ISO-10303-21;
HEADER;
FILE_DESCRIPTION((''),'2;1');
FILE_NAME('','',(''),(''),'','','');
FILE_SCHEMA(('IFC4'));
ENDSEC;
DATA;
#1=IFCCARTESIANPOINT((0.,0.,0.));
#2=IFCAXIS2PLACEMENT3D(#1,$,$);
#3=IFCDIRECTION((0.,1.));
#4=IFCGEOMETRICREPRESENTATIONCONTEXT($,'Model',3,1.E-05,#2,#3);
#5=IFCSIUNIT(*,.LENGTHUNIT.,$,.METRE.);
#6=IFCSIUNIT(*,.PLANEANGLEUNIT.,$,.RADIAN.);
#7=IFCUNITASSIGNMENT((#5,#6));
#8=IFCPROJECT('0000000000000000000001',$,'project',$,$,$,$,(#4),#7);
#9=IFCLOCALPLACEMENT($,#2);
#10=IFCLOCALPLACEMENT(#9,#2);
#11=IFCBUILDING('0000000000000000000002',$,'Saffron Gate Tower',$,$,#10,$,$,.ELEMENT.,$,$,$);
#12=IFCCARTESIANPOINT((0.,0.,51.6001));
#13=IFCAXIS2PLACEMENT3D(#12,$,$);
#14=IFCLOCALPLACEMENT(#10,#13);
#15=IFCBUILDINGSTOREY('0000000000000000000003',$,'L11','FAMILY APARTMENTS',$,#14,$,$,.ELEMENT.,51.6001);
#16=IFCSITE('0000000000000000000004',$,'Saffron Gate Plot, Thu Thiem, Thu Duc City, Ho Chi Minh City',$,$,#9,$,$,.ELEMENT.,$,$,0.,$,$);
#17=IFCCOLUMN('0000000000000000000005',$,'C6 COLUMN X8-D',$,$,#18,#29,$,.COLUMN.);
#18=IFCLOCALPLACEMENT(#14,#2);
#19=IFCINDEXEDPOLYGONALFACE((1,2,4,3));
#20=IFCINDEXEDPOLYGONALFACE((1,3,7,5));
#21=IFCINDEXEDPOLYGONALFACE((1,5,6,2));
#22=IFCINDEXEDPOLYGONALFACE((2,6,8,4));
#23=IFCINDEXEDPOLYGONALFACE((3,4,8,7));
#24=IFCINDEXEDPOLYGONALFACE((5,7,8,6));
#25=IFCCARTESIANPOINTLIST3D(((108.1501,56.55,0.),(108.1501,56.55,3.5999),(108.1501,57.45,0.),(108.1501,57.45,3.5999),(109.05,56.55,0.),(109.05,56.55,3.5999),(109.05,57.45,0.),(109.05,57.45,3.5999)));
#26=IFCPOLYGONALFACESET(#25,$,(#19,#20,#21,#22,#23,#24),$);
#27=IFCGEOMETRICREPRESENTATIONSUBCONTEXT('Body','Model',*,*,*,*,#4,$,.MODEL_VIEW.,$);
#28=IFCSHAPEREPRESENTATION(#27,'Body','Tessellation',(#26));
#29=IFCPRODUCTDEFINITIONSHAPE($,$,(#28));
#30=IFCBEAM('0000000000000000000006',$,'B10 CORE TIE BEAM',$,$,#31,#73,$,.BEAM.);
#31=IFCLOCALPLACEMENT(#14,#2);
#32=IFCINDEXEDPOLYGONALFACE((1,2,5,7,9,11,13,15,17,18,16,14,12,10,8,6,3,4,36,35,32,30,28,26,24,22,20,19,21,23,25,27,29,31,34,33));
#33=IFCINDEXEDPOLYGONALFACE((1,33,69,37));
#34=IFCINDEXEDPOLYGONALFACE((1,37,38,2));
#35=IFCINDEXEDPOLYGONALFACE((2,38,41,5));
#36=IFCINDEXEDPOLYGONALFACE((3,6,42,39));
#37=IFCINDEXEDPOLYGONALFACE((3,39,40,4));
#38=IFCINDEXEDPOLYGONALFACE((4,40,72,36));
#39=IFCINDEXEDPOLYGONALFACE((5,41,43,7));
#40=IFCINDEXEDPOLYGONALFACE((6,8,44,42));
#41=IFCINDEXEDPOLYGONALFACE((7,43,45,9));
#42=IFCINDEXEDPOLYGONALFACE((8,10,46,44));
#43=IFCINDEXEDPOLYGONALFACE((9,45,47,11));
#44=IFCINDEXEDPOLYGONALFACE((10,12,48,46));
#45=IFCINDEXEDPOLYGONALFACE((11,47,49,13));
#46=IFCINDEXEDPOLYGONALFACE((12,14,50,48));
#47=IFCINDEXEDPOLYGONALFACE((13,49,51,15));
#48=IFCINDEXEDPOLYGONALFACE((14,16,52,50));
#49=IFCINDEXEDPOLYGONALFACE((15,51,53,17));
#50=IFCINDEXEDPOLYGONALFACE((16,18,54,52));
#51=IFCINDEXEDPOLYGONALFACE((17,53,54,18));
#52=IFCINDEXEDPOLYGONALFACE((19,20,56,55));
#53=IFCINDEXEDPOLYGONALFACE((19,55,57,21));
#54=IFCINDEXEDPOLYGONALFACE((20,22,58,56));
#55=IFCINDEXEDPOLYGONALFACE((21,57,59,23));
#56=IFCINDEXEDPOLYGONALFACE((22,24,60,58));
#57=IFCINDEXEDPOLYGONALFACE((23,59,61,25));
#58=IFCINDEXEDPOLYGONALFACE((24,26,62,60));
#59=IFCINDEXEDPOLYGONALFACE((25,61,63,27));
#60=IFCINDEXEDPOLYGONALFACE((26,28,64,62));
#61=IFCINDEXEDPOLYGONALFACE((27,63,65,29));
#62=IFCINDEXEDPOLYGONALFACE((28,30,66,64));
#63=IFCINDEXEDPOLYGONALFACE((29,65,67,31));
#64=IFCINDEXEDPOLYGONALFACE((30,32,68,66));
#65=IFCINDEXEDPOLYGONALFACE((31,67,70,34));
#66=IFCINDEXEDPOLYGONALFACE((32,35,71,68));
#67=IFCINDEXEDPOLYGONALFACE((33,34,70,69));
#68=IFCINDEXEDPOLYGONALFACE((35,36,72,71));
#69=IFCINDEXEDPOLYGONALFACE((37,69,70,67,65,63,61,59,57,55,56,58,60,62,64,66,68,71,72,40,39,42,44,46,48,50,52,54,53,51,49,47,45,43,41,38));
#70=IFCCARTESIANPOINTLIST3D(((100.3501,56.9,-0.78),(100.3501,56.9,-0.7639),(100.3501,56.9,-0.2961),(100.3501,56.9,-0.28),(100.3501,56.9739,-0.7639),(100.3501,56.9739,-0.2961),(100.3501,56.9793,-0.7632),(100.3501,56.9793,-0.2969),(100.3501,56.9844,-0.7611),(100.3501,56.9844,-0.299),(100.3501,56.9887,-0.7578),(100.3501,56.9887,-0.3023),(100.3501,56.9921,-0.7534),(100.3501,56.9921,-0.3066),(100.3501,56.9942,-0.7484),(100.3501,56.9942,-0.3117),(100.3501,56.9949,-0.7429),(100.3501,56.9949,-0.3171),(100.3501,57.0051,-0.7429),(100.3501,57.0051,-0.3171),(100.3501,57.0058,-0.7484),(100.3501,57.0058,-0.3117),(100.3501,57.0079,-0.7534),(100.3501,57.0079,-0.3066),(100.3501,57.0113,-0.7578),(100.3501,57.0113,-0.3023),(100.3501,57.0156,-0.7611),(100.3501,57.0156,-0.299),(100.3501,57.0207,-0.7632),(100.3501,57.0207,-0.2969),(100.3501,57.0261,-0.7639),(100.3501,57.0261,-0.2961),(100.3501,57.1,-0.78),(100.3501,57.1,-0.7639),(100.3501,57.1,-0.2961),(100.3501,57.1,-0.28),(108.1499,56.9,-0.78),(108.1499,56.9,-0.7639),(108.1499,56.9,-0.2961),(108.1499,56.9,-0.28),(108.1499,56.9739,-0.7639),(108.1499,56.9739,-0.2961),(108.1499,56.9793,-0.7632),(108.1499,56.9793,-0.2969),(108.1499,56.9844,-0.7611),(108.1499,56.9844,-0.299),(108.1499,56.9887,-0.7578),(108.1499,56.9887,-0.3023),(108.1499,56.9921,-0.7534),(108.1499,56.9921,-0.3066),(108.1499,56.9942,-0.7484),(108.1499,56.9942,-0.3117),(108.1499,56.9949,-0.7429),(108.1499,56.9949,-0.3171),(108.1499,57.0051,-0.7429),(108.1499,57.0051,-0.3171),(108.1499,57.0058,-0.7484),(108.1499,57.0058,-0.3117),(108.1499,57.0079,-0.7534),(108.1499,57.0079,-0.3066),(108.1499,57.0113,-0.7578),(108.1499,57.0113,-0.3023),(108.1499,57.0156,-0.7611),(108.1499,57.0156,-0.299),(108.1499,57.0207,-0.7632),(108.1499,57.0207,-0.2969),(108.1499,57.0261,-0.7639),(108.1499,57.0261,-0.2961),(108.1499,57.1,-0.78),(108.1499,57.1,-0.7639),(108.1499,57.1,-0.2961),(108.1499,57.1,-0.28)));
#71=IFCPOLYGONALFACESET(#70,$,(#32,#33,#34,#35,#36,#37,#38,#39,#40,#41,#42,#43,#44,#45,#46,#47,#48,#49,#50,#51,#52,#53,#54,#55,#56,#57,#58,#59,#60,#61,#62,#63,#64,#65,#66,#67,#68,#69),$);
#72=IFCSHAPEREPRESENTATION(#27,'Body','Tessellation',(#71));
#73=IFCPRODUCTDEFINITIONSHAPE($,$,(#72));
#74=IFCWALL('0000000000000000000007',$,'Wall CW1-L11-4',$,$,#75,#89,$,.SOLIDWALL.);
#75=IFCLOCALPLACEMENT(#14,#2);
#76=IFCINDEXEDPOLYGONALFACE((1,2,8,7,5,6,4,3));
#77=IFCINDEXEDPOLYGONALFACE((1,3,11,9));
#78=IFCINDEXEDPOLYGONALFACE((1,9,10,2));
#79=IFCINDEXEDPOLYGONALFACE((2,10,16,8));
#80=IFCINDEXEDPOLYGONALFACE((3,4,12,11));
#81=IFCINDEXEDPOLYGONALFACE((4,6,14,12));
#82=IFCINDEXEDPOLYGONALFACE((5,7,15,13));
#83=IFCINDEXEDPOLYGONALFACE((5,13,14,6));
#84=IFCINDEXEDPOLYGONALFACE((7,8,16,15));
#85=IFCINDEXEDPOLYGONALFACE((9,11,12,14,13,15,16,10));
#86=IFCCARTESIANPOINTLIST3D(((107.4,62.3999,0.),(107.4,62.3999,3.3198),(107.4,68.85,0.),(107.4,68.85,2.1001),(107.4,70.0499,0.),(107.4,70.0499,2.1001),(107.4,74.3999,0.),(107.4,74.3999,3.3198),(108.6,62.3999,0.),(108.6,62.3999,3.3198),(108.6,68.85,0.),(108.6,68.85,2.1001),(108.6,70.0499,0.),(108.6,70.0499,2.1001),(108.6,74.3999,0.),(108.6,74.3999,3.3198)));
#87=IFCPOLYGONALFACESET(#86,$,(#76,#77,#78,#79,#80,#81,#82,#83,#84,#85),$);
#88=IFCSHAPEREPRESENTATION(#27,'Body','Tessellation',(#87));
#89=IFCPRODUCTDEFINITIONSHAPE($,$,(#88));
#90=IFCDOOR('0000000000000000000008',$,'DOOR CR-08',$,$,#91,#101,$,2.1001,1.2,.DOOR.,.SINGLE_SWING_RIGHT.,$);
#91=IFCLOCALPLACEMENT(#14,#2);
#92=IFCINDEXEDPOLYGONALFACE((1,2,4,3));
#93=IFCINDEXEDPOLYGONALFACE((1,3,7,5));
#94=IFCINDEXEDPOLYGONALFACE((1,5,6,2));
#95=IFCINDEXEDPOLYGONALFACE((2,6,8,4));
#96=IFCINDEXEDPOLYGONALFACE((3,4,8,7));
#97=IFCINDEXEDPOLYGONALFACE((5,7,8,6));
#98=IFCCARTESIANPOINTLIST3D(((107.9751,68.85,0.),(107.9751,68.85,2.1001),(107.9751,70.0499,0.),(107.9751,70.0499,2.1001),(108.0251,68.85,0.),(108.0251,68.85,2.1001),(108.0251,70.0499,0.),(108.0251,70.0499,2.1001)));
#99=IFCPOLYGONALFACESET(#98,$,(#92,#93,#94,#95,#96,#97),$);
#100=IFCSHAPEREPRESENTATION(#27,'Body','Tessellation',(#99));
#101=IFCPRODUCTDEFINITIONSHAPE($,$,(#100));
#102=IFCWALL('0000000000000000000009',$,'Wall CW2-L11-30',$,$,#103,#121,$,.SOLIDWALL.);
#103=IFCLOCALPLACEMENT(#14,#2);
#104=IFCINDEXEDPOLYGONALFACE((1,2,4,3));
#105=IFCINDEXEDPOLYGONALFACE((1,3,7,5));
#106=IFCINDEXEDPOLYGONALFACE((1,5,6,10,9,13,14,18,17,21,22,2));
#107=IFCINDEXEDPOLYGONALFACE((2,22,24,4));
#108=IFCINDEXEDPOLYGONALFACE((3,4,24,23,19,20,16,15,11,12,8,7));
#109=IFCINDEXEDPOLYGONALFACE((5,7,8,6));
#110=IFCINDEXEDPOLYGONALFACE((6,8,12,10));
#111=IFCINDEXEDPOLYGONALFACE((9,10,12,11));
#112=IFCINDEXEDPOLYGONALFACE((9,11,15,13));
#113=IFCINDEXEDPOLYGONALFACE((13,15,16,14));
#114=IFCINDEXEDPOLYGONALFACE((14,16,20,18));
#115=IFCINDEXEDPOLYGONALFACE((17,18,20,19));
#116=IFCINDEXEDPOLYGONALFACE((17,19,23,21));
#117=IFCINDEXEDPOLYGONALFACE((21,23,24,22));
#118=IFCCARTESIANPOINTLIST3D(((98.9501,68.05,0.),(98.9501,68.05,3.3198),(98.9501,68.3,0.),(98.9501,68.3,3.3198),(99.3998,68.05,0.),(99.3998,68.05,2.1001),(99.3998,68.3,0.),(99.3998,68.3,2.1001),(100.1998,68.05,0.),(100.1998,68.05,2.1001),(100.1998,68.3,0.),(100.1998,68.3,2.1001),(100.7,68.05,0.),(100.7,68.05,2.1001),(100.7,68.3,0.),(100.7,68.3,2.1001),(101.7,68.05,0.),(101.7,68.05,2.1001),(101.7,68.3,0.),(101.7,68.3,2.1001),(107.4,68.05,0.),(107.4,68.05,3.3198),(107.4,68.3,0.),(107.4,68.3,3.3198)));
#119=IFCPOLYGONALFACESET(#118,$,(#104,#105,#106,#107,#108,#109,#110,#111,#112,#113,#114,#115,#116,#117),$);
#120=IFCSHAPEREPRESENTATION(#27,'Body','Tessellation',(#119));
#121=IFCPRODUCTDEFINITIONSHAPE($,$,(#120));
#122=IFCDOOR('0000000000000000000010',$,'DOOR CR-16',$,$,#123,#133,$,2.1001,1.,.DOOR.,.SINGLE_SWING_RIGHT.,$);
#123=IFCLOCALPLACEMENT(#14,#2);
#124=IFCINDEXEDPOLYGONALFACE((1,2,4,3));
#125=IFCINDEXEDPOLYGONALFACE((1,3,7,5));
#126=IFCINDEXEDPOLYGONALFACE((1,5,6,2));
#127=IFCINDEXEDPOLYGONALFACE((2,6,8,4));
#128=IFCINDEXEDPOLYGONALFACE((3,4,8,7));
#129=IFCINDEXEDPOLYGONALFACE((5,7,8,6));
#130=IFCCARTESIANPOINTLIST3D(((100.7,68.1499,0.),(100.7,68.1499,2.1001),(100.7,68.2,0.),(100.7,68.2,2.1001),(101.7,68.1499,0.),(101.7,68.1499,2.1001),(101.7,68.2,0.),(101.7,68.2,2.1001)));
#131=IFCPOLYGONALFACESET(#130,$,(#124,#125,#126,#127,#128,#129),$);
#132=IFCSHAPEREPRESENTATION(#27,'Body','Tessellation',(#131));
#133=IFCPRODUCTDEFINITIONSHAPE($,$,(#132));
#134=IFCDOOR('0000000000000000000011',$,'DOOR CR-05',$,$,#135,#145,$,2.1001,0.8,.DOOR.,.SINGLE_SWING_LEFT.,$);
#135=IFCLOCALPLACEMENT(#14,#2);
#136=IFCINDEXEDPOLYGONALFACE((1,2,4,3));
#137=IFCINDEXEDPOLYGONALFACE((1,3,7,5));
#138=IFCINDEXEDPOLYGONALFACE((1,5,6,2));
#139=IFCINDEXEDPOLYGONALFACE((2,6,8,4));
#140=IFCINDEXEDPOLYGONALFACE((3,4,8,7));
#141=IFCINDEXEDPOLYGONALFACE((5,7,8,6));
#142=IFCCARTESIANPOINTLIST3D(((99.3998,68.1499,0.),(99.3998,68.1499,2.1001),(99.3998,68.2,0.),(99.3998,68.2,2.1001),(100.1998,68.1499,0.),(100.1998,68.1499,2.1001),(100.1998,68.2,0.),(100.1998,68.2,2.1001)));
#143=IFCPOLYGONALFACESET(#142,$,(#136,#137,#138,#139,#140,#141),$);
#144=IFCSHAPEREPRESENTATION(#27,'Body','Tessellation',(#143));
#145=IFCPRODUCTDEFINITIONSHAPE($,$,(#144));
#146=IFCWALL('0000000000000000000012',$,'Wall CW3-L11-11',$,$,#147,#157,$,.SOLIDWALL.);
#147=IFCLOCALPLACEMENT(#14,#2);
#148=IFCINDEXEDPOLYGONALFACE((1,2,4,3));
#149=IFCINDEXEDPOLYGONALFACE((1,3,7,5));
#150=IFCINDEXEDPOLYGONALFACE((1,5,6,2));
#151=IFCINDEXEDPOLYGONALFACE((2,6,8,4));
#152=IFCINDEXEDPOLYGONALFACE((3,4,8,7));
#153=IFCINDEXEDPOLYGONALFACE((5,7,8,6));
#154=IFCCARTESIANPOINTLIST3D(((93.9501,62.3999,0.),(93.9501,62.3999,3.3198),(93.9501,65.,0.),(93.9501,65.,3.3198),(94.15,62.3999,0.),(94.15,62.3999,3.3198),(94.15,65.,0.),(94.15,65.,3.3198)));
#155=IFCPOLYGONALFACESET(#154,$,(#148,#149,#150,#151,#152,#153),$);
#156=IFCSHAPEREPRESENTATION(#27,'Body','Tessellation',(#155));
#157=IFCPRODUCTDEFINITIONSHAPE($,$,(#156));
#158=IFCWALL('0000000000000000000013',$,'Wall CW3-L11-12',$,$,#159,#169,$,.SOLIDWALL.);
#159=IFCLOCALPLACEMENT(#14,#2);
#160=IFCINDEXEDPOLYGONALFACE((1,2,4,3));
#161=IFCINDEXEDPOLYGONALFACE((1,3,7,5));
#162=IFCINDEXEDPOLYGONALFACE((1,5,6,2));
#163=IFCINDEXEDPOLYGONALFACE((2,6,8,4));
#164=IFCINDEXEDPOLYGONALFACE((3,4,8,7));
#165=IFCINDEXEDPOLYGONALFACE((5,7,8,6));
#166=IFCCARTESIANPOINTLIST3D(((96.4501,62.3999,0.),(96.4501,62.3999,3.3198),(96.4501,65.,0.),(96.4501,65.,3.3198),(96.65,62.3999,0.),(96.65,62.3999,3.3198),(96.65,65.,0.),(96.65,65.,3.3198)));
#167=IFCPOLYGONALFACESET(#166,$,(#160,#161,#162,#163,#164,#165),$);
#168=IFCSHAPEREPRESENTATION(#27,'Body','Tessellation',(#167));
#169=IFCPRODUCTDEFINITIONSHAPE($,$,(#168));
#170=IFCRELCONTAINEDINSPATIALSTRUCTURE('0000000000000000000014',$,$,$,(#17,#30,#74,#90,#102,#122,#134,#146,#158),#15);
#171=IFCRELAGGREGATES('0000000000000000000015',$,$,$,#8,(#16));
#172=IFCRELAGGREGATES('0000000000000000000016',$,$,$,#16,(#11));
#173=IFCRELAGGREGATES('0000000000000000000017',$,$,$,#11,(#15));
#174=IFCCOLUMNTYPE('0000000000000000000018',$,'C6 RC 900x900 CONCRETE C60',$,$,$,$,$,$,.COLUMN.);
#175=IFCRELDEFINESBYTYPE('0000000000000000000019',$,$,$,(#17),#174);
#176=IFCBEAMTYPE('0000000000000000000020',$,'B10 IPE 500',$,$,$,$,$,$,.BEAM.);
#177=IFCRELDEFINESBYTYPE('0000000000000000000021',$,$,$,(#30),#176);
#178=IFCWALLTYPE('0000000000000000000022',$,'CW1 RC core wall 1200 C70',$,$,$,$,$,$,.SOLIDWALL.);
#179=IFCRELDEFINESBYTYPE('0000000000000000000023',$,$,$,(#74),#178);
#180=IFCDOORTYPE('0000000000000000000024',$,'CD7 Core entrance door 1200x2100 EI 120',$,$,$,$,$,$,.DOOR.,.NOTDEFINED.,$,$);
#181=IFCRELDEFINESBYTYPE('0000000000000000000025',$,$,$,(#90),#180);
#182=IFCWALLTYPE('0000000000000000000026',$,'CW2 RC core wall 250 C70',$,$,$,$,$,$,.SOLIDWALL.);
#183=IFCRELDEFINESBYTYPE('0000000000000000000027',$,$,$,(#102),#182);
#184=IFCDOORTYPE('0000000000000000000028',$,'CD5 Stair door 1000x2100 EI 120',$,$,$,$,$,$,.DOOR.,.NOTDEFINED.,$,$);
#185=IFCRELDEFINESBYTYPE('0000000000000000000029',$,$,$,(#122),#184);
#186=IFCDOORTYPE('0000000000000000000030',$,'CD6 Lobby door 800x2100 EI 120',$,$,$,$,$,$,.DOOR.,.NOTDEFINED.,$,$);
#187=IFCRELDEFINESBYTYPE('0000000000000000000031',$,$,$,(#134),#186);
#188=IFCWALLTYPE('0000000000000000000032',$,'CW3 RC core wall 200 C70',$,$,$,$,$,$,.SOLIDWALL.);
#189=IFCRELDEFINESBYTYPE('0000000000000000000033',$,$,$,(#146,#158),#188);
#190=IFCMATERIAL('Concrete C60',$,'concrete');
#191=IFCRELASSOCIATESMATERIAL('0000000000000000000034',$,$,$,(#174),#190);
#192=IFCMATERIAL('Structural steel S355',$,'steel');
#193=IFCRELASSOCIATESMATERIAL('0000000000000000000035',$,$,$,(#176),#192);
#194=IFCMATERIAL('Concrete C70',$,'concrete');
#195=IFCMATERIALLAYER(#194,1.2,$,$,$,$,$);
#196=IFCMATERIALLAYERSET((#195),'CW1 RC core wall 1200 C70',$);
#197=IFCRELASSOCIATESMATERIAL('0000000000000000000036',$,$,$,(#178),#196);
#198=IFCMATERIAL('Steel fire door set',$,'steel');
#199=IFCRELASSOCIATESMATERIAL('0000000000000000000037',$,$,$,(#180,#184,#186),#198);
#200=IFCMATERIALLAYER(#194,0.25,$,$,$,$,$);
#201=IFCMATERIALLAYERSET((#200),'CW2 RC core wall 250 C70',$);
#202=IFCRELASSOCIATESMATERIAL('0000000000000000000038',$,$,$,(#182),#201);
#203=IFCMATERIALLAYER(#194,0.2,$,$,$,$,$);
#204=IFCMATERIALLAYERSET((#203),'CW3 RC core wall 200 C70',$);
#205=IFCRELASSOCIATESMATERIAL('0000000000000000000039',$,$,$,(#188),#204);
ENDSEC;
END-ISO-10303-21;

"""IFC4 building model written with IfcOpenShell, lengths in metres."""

from ifc_helpers import new_model, si_unit, direction, frame, frame_2d, origin, origin_2d, place, context, subcontext, project, spatial, rectangle, i_section, extrude, material, layer, layer_set, material_profile, profile_set, type_object, element, fill, save


model = new_model("IFC4")

# Units and contexts
model_context = context("Model", 3, precision=1e-05, world=origin(), true_north=direction((0.0, 1.0)))
body_context = subcontext(model_context, "Body", "Model", "MODEL_VIEW")
ifc_project = project(units=[si_unit("LENGTHUNIT", "METRE"), si_unit("PLANEANGLEUNIT", "RADIAN")], contexts=[model_context])

# Site, building, storey
site_placement = place(None, origin())
site = spatial("IfcSite", under=ifc_project, at=site_placement, Name="Saffron Gate Plot, Thu Thiem, Thu Duc City, Ho Chi Minh City", CompositionType="ELEMENT", RefElevation=0.0)
building_placement = place(site_placement, origin())
building = spatial("IfcBuilding", under=site, at=building_placement, Name="Saffron Gate Tower", CompositionType="ELEMENT")
storey_placement = place(building_placement, frame((0.0, 0.0, 51.6001)))
storey = spatial("IfcBuildingStorey", under=building, at=storey_placement, Name="L11", Description="FAMILY APARTMENTS", CompositionType="ELEMENT", Elevation=51.6001)

# Column
ifc_material_1 = material(Name="Concrete C60", Category="concrete")
ifc_material_profile_1 = material_profile(ifc_material_1, rectangle(XDim=0.8999, YDim=0.8999, at=origin_2d()))
ifc_profile_set_1 = profile_set([ifc_material_profile_1], Name="Concrete C60")
column_type = type_object("IfcColumnType", Name="C6 RC 900x900 CONCRETE C60", PredefinedType="COLUMN", material=ifc_profile_set_1)
column_placement = place(storey_placement, frame((108.6001, 57.0, 0.0), z_axis=(0.0, 0.0, 1.0), x_axis=(1.0, 0.0, 0.0)))
element("IfcColumn", 1, at=column_placement, inside=storey, type_object=column_type, Name="C6 COLUMN X8-D", PredefinedType="COLUMN", context=body_context, shape_type="SweptSolid", body=[
    extrude(rectangle(XDim=0.8999, YDim=0.8999, at=origin_2d()), origin(), (0.0, 0.0, 1.0), 3.5999),
])

# Beam
ifc_material_2 = material(Name="Structural steel S355", Category="steel")
ifc_material_profile_2 = material_profile(ifc_material_2, i_section(OverallWidth=0.2, OverallDepth=0.5, WebThickness=0.0103, FlangeThickness=0.0161, FilletRadius=0.021, at=origin_2d()))
ifc_profile_set_2 = profile_set([ifc_material_profile_2], Name="Structural steel S355")
beam_type = type_object("IfcBeamType", Name="B10 IPE 500", PredefinedType="BEAM", material=ifc_profile_set_2)
beam_placement = place(storey_placement, frame((108.1499, 57.0, -0.53), z_axis=(-1.0, 0.0, 0.0), x_axis=(0.0, -1.0, 0.0)))
element("IfcBeam", 2, at=beam_placement, inside=storey, type_object=beam_type, Name="B10 CORE TIE BEAM", PredefinedType="BEAM", context=body_context, shape_type="SweptSolid", body=[
    extrude(i_section(OverallWidth=0.2, OverallDepth=0.5, WebThickness=0.0103, FlangeThickness=0.0161, FilletRadius=0.021, at=origin_2d()), origin(), (0.0, 0.0, 1.0), 7.7998),
])

# Wall, opening, door
ifc_material_3 = material(Name="Concrete C70", Category="concrete")
ifc_layer_1 = layer(ifc_material_3, 1.2)
ifc_layer_set_1 = layer_set([ifc_layer_1], Name="CW1 RC core wall 1200 C70")
wall_type_1 = type_object("IfcWallType", Name="CW1 RC core wall 1200 C70", PredefinedType="SOLIDWALL", material=ifc_layer_set_1)
wall_1_placement = place(storey_placement, frame((108.0, 62.3999, 0.0), z_axis=(0.0, 0.0, 1.0), x_axis=(0.0, 1.0, 0.0)))
wall_1 = element("IfcWall", 3, at=wall_1_placement, inside=storey, type_object=wall_type_1, Name="Wall CW1-L11-4", PredefinedType="SOLIDWALL", context=body_context, shape_type="SweptSolid", body=[
    extrude(rectangle(XDim=12.0, YDim=1.2, at=frame_2d((6.0, 0.0))), origin(), (0.0, 0.0, 1.0), 3.3198),
])
opening_1_placement = place(wall_1_placement, frame((6.45, 0.0, 0.0)))
opening_1 = element("IfcOpeningElement", 4, at=opening_1_placement, cuts=wall_1, PredefinedType="OPENING", context=body_context, shape_type="SweptSolid", body=[
    extrude(rectangle(XDim=1.2, YDim=2.1001, at=frame_2d((0.6001, 1.05))), frame((0.0, 0.6099, 0.0), z_axis=(0.0, -1.0, 0.0), x_axis=(1.0, 0.0, 0.0)), (0.0, 0.0, 1.0), 1.22),
])
ifc_material_4 = material(Name="Steel fire door set", Category="steel")
door_type_1 = type_object("IfcDoorType", Name="CD7 Core entrance door 1200x2100 EI 120", OperationType="NOTDEFINED", PredefinedType="DOOR", material=ifc_material_4)
door_1_placement = place(opening_1_placement, origin())
door_1 = element("IfcDoor", 5, at=door_1_placement, inside=storey, type_object=door_type_1, Name="DOOR CR-08", OperationType="SINGLE_SWING_RIGHT", OverallHeight=2.1001, OverallWidth=1.2, PredefinedType="DOOR", context=body_context, shape_type="SweptSolid", body=[
    extrude(rectangle(XDim=1.2, YDim=2.1001, at=frame_2d((0.6001, 1.05))), frame((0.0, 0.0249, 0.0), z_axis=(0.0, -1.0, 0.0), x_axis=(1.0, 0.0, 0.0)), (0.0, 0.0, 1.0), 0.05),
])
fill(opening_1, door_1)

# Wall, openings, doors
ifc_layer_2 = layer(ifc_material_3, 0.25)
ifc_layer_set_2 = layer_set([ifc_layer_2], Name="CW2 RC core wall 250 C70")
wall_type_2 = type_object("IfcWallType", Name="CW2 RC core wall 250 C70", PredefinedType="SOLIDWALL", material=ifc_layer_set_2)
wall_2_placement = place(storey_placement, frame((98.95, 68.175, 0.0), z_axis=(0.0, 0.0, 1.0), x_axis=(1.0, 0.0, 0.0)))
wall_2 = element("IfcWall", 6, at=wall_2_placement, inside=storey, type_object=wall_type_2, Name="Wall CW2-L11-30", PredefinedType="SOLIDWALL", context=body_context, shape_type="SweptSolid", body=[
    extrude(rectangle(XDim=8.45, YDim=0.25, at=frame_2d((4.2251, 0.0))), origin(), (0.0, 0.0, 1.0), 3.3198),
])
opening_2_placement = place(wall_2_placement, frame((0.45, 0.0, 0.0)))
opening_2 = element("IfcOpeningElement", 7, at=opening_2_placement, cuts=wall_2, PredefinedType="OPENING", context=body_context, shape_type="SweptSolid", body=[
    extrude(rectangle(XDim=0.8, YDim=2.1001, at=frame_2d((0.3999, 1.05))), frame((0.0, 0.135, 0.0), z_axis=(0.0, -1.0, 0.0), x_axis=(1.0, 0.0, 0.0)), (0.0, 0.0, 1.0), 0.27),
])
opening_3_placement = place(wall_2_placement, frame((1.75, 0.0, 0.0)))
opening_3 = element("IfcOpeningElement", 8, at=opening_3_placement, cuts=wall_2, PredefinedType="OPENING", context=body_context, shape_type="SweptSolid", body=[
    extrude(rectangle(XDim=1.0, YDim=2.1001, at=frame_2d((0.5, 1.05))), frame((0.0, 0.135, 0.0), z_axis=(0.0, -1.0, 0.0), x_axis=(1.0, 0.0, 0.0)), (0.0, 0.0, 1.0), 0.27),
])
door_type_2 = type_object("IfcDoorType", Name="CD5 Stair door 1000x2100 EI 120", OperationType="NOTDEFINED", PredefinedType="DOOR", material=ifc_material_4)
door_2_placement = place(opening_3_placement, origin())
door_2 = element("IfcDoor", 9, at=door_2_placement, inside=storey, type_object=door_type_2, Name="DOOR CR-16", OperationType="SINGLE_SWING_RIGHT", OverallHeight=2.1001, OverallWidth=1.0, PredefinedType="DOOR", context=body_context, shape_type="SweptSolid", body=[
    extrude(rectangle(XDim=1.0, YDim=2.1001, at=frame_2d((0.5, 1.05))), frame((0.0, 0.0249, 0.0), z_axis=(0.0, -1.0, 0.0), x_axis=(1.0, 0.0, 0.0)), (0.0, 0.0, 1.0), 0.05),
])
fill(opening_3, door_2)
door_type_3 = type_object("IfcDoorType", Name="CD6 Lobby door 800x2100 EI 120", OperationType="NOTDEFINED", PredefinedType="DOOR", material=ifc_material_4)
door_3_placement = place(opening_2_placement, origin())
door_3 = element("IfcDoor", 10, at=door_3_placement, inside=storey, type_object=door_type_3, Name="DOOR CR-05", OperationType="SINGLE_SWING_LEFT", OverallHeight=2.1001, OverallWidth=0.8, PredefinedType="DOOR", context=body_context, shape_type="SweptSolid", body=[
    extrude(rectangle(XDim=0.8, YDim=2.1001, at=frame_2d((0.3999, 1.05))), frame((0.0, 0.0249, 0.0), z_axis=(0.0, -1.0, 0.0), x_axis=(1.0, 0.0, 0.0)), (0.0, 0.0, 1.0), 0.05),
])
fill(opening_2, door_3)

# Walls
ifc_layer_3 = layer(ifc_material_3, 0.2)
ifc_layer_set_3 = layer_set([ifc_layer_3], Name="CW3 RC core wall 200 C70")
wall_type_3 = type_object("IfcWallType", Name="CW3 RC core wall 200 C70", PredefinedType="SOLIDWALL", material=ifc_layer_set_3)
for number, where, z_axis, x_axis, name in (
    (11, (94.05, 62.3999, 0.0), (0.0, 0.0, 1.0), (0.0, 1.0, 0.0), "Wall CW3-L11-11"),
    (12, (96.55, 62.3999, 0.0), (0.0, 0.0, 1.0), (0.0, 1.0, 0.0), "Wall CW3-L11-12"),
):
    element("IfcWall", number, at=place(storey_placement, frame(where, z_axis=z_axis, x_axis=x_axis)), inside=storey, type_object=wall_type_3, Name=name, PredefinedType="SOLIDWALL", context=body_context, shape_type="SweptSolid", body=[
        extrude(rectangle(XDim=2.6001, YDim=0.2, at=frame_2d((1.3, 0.0))), origin(), (0.0, 0.0, 1.0), 3.3198),
    ])

save(model, "model.ifc")
